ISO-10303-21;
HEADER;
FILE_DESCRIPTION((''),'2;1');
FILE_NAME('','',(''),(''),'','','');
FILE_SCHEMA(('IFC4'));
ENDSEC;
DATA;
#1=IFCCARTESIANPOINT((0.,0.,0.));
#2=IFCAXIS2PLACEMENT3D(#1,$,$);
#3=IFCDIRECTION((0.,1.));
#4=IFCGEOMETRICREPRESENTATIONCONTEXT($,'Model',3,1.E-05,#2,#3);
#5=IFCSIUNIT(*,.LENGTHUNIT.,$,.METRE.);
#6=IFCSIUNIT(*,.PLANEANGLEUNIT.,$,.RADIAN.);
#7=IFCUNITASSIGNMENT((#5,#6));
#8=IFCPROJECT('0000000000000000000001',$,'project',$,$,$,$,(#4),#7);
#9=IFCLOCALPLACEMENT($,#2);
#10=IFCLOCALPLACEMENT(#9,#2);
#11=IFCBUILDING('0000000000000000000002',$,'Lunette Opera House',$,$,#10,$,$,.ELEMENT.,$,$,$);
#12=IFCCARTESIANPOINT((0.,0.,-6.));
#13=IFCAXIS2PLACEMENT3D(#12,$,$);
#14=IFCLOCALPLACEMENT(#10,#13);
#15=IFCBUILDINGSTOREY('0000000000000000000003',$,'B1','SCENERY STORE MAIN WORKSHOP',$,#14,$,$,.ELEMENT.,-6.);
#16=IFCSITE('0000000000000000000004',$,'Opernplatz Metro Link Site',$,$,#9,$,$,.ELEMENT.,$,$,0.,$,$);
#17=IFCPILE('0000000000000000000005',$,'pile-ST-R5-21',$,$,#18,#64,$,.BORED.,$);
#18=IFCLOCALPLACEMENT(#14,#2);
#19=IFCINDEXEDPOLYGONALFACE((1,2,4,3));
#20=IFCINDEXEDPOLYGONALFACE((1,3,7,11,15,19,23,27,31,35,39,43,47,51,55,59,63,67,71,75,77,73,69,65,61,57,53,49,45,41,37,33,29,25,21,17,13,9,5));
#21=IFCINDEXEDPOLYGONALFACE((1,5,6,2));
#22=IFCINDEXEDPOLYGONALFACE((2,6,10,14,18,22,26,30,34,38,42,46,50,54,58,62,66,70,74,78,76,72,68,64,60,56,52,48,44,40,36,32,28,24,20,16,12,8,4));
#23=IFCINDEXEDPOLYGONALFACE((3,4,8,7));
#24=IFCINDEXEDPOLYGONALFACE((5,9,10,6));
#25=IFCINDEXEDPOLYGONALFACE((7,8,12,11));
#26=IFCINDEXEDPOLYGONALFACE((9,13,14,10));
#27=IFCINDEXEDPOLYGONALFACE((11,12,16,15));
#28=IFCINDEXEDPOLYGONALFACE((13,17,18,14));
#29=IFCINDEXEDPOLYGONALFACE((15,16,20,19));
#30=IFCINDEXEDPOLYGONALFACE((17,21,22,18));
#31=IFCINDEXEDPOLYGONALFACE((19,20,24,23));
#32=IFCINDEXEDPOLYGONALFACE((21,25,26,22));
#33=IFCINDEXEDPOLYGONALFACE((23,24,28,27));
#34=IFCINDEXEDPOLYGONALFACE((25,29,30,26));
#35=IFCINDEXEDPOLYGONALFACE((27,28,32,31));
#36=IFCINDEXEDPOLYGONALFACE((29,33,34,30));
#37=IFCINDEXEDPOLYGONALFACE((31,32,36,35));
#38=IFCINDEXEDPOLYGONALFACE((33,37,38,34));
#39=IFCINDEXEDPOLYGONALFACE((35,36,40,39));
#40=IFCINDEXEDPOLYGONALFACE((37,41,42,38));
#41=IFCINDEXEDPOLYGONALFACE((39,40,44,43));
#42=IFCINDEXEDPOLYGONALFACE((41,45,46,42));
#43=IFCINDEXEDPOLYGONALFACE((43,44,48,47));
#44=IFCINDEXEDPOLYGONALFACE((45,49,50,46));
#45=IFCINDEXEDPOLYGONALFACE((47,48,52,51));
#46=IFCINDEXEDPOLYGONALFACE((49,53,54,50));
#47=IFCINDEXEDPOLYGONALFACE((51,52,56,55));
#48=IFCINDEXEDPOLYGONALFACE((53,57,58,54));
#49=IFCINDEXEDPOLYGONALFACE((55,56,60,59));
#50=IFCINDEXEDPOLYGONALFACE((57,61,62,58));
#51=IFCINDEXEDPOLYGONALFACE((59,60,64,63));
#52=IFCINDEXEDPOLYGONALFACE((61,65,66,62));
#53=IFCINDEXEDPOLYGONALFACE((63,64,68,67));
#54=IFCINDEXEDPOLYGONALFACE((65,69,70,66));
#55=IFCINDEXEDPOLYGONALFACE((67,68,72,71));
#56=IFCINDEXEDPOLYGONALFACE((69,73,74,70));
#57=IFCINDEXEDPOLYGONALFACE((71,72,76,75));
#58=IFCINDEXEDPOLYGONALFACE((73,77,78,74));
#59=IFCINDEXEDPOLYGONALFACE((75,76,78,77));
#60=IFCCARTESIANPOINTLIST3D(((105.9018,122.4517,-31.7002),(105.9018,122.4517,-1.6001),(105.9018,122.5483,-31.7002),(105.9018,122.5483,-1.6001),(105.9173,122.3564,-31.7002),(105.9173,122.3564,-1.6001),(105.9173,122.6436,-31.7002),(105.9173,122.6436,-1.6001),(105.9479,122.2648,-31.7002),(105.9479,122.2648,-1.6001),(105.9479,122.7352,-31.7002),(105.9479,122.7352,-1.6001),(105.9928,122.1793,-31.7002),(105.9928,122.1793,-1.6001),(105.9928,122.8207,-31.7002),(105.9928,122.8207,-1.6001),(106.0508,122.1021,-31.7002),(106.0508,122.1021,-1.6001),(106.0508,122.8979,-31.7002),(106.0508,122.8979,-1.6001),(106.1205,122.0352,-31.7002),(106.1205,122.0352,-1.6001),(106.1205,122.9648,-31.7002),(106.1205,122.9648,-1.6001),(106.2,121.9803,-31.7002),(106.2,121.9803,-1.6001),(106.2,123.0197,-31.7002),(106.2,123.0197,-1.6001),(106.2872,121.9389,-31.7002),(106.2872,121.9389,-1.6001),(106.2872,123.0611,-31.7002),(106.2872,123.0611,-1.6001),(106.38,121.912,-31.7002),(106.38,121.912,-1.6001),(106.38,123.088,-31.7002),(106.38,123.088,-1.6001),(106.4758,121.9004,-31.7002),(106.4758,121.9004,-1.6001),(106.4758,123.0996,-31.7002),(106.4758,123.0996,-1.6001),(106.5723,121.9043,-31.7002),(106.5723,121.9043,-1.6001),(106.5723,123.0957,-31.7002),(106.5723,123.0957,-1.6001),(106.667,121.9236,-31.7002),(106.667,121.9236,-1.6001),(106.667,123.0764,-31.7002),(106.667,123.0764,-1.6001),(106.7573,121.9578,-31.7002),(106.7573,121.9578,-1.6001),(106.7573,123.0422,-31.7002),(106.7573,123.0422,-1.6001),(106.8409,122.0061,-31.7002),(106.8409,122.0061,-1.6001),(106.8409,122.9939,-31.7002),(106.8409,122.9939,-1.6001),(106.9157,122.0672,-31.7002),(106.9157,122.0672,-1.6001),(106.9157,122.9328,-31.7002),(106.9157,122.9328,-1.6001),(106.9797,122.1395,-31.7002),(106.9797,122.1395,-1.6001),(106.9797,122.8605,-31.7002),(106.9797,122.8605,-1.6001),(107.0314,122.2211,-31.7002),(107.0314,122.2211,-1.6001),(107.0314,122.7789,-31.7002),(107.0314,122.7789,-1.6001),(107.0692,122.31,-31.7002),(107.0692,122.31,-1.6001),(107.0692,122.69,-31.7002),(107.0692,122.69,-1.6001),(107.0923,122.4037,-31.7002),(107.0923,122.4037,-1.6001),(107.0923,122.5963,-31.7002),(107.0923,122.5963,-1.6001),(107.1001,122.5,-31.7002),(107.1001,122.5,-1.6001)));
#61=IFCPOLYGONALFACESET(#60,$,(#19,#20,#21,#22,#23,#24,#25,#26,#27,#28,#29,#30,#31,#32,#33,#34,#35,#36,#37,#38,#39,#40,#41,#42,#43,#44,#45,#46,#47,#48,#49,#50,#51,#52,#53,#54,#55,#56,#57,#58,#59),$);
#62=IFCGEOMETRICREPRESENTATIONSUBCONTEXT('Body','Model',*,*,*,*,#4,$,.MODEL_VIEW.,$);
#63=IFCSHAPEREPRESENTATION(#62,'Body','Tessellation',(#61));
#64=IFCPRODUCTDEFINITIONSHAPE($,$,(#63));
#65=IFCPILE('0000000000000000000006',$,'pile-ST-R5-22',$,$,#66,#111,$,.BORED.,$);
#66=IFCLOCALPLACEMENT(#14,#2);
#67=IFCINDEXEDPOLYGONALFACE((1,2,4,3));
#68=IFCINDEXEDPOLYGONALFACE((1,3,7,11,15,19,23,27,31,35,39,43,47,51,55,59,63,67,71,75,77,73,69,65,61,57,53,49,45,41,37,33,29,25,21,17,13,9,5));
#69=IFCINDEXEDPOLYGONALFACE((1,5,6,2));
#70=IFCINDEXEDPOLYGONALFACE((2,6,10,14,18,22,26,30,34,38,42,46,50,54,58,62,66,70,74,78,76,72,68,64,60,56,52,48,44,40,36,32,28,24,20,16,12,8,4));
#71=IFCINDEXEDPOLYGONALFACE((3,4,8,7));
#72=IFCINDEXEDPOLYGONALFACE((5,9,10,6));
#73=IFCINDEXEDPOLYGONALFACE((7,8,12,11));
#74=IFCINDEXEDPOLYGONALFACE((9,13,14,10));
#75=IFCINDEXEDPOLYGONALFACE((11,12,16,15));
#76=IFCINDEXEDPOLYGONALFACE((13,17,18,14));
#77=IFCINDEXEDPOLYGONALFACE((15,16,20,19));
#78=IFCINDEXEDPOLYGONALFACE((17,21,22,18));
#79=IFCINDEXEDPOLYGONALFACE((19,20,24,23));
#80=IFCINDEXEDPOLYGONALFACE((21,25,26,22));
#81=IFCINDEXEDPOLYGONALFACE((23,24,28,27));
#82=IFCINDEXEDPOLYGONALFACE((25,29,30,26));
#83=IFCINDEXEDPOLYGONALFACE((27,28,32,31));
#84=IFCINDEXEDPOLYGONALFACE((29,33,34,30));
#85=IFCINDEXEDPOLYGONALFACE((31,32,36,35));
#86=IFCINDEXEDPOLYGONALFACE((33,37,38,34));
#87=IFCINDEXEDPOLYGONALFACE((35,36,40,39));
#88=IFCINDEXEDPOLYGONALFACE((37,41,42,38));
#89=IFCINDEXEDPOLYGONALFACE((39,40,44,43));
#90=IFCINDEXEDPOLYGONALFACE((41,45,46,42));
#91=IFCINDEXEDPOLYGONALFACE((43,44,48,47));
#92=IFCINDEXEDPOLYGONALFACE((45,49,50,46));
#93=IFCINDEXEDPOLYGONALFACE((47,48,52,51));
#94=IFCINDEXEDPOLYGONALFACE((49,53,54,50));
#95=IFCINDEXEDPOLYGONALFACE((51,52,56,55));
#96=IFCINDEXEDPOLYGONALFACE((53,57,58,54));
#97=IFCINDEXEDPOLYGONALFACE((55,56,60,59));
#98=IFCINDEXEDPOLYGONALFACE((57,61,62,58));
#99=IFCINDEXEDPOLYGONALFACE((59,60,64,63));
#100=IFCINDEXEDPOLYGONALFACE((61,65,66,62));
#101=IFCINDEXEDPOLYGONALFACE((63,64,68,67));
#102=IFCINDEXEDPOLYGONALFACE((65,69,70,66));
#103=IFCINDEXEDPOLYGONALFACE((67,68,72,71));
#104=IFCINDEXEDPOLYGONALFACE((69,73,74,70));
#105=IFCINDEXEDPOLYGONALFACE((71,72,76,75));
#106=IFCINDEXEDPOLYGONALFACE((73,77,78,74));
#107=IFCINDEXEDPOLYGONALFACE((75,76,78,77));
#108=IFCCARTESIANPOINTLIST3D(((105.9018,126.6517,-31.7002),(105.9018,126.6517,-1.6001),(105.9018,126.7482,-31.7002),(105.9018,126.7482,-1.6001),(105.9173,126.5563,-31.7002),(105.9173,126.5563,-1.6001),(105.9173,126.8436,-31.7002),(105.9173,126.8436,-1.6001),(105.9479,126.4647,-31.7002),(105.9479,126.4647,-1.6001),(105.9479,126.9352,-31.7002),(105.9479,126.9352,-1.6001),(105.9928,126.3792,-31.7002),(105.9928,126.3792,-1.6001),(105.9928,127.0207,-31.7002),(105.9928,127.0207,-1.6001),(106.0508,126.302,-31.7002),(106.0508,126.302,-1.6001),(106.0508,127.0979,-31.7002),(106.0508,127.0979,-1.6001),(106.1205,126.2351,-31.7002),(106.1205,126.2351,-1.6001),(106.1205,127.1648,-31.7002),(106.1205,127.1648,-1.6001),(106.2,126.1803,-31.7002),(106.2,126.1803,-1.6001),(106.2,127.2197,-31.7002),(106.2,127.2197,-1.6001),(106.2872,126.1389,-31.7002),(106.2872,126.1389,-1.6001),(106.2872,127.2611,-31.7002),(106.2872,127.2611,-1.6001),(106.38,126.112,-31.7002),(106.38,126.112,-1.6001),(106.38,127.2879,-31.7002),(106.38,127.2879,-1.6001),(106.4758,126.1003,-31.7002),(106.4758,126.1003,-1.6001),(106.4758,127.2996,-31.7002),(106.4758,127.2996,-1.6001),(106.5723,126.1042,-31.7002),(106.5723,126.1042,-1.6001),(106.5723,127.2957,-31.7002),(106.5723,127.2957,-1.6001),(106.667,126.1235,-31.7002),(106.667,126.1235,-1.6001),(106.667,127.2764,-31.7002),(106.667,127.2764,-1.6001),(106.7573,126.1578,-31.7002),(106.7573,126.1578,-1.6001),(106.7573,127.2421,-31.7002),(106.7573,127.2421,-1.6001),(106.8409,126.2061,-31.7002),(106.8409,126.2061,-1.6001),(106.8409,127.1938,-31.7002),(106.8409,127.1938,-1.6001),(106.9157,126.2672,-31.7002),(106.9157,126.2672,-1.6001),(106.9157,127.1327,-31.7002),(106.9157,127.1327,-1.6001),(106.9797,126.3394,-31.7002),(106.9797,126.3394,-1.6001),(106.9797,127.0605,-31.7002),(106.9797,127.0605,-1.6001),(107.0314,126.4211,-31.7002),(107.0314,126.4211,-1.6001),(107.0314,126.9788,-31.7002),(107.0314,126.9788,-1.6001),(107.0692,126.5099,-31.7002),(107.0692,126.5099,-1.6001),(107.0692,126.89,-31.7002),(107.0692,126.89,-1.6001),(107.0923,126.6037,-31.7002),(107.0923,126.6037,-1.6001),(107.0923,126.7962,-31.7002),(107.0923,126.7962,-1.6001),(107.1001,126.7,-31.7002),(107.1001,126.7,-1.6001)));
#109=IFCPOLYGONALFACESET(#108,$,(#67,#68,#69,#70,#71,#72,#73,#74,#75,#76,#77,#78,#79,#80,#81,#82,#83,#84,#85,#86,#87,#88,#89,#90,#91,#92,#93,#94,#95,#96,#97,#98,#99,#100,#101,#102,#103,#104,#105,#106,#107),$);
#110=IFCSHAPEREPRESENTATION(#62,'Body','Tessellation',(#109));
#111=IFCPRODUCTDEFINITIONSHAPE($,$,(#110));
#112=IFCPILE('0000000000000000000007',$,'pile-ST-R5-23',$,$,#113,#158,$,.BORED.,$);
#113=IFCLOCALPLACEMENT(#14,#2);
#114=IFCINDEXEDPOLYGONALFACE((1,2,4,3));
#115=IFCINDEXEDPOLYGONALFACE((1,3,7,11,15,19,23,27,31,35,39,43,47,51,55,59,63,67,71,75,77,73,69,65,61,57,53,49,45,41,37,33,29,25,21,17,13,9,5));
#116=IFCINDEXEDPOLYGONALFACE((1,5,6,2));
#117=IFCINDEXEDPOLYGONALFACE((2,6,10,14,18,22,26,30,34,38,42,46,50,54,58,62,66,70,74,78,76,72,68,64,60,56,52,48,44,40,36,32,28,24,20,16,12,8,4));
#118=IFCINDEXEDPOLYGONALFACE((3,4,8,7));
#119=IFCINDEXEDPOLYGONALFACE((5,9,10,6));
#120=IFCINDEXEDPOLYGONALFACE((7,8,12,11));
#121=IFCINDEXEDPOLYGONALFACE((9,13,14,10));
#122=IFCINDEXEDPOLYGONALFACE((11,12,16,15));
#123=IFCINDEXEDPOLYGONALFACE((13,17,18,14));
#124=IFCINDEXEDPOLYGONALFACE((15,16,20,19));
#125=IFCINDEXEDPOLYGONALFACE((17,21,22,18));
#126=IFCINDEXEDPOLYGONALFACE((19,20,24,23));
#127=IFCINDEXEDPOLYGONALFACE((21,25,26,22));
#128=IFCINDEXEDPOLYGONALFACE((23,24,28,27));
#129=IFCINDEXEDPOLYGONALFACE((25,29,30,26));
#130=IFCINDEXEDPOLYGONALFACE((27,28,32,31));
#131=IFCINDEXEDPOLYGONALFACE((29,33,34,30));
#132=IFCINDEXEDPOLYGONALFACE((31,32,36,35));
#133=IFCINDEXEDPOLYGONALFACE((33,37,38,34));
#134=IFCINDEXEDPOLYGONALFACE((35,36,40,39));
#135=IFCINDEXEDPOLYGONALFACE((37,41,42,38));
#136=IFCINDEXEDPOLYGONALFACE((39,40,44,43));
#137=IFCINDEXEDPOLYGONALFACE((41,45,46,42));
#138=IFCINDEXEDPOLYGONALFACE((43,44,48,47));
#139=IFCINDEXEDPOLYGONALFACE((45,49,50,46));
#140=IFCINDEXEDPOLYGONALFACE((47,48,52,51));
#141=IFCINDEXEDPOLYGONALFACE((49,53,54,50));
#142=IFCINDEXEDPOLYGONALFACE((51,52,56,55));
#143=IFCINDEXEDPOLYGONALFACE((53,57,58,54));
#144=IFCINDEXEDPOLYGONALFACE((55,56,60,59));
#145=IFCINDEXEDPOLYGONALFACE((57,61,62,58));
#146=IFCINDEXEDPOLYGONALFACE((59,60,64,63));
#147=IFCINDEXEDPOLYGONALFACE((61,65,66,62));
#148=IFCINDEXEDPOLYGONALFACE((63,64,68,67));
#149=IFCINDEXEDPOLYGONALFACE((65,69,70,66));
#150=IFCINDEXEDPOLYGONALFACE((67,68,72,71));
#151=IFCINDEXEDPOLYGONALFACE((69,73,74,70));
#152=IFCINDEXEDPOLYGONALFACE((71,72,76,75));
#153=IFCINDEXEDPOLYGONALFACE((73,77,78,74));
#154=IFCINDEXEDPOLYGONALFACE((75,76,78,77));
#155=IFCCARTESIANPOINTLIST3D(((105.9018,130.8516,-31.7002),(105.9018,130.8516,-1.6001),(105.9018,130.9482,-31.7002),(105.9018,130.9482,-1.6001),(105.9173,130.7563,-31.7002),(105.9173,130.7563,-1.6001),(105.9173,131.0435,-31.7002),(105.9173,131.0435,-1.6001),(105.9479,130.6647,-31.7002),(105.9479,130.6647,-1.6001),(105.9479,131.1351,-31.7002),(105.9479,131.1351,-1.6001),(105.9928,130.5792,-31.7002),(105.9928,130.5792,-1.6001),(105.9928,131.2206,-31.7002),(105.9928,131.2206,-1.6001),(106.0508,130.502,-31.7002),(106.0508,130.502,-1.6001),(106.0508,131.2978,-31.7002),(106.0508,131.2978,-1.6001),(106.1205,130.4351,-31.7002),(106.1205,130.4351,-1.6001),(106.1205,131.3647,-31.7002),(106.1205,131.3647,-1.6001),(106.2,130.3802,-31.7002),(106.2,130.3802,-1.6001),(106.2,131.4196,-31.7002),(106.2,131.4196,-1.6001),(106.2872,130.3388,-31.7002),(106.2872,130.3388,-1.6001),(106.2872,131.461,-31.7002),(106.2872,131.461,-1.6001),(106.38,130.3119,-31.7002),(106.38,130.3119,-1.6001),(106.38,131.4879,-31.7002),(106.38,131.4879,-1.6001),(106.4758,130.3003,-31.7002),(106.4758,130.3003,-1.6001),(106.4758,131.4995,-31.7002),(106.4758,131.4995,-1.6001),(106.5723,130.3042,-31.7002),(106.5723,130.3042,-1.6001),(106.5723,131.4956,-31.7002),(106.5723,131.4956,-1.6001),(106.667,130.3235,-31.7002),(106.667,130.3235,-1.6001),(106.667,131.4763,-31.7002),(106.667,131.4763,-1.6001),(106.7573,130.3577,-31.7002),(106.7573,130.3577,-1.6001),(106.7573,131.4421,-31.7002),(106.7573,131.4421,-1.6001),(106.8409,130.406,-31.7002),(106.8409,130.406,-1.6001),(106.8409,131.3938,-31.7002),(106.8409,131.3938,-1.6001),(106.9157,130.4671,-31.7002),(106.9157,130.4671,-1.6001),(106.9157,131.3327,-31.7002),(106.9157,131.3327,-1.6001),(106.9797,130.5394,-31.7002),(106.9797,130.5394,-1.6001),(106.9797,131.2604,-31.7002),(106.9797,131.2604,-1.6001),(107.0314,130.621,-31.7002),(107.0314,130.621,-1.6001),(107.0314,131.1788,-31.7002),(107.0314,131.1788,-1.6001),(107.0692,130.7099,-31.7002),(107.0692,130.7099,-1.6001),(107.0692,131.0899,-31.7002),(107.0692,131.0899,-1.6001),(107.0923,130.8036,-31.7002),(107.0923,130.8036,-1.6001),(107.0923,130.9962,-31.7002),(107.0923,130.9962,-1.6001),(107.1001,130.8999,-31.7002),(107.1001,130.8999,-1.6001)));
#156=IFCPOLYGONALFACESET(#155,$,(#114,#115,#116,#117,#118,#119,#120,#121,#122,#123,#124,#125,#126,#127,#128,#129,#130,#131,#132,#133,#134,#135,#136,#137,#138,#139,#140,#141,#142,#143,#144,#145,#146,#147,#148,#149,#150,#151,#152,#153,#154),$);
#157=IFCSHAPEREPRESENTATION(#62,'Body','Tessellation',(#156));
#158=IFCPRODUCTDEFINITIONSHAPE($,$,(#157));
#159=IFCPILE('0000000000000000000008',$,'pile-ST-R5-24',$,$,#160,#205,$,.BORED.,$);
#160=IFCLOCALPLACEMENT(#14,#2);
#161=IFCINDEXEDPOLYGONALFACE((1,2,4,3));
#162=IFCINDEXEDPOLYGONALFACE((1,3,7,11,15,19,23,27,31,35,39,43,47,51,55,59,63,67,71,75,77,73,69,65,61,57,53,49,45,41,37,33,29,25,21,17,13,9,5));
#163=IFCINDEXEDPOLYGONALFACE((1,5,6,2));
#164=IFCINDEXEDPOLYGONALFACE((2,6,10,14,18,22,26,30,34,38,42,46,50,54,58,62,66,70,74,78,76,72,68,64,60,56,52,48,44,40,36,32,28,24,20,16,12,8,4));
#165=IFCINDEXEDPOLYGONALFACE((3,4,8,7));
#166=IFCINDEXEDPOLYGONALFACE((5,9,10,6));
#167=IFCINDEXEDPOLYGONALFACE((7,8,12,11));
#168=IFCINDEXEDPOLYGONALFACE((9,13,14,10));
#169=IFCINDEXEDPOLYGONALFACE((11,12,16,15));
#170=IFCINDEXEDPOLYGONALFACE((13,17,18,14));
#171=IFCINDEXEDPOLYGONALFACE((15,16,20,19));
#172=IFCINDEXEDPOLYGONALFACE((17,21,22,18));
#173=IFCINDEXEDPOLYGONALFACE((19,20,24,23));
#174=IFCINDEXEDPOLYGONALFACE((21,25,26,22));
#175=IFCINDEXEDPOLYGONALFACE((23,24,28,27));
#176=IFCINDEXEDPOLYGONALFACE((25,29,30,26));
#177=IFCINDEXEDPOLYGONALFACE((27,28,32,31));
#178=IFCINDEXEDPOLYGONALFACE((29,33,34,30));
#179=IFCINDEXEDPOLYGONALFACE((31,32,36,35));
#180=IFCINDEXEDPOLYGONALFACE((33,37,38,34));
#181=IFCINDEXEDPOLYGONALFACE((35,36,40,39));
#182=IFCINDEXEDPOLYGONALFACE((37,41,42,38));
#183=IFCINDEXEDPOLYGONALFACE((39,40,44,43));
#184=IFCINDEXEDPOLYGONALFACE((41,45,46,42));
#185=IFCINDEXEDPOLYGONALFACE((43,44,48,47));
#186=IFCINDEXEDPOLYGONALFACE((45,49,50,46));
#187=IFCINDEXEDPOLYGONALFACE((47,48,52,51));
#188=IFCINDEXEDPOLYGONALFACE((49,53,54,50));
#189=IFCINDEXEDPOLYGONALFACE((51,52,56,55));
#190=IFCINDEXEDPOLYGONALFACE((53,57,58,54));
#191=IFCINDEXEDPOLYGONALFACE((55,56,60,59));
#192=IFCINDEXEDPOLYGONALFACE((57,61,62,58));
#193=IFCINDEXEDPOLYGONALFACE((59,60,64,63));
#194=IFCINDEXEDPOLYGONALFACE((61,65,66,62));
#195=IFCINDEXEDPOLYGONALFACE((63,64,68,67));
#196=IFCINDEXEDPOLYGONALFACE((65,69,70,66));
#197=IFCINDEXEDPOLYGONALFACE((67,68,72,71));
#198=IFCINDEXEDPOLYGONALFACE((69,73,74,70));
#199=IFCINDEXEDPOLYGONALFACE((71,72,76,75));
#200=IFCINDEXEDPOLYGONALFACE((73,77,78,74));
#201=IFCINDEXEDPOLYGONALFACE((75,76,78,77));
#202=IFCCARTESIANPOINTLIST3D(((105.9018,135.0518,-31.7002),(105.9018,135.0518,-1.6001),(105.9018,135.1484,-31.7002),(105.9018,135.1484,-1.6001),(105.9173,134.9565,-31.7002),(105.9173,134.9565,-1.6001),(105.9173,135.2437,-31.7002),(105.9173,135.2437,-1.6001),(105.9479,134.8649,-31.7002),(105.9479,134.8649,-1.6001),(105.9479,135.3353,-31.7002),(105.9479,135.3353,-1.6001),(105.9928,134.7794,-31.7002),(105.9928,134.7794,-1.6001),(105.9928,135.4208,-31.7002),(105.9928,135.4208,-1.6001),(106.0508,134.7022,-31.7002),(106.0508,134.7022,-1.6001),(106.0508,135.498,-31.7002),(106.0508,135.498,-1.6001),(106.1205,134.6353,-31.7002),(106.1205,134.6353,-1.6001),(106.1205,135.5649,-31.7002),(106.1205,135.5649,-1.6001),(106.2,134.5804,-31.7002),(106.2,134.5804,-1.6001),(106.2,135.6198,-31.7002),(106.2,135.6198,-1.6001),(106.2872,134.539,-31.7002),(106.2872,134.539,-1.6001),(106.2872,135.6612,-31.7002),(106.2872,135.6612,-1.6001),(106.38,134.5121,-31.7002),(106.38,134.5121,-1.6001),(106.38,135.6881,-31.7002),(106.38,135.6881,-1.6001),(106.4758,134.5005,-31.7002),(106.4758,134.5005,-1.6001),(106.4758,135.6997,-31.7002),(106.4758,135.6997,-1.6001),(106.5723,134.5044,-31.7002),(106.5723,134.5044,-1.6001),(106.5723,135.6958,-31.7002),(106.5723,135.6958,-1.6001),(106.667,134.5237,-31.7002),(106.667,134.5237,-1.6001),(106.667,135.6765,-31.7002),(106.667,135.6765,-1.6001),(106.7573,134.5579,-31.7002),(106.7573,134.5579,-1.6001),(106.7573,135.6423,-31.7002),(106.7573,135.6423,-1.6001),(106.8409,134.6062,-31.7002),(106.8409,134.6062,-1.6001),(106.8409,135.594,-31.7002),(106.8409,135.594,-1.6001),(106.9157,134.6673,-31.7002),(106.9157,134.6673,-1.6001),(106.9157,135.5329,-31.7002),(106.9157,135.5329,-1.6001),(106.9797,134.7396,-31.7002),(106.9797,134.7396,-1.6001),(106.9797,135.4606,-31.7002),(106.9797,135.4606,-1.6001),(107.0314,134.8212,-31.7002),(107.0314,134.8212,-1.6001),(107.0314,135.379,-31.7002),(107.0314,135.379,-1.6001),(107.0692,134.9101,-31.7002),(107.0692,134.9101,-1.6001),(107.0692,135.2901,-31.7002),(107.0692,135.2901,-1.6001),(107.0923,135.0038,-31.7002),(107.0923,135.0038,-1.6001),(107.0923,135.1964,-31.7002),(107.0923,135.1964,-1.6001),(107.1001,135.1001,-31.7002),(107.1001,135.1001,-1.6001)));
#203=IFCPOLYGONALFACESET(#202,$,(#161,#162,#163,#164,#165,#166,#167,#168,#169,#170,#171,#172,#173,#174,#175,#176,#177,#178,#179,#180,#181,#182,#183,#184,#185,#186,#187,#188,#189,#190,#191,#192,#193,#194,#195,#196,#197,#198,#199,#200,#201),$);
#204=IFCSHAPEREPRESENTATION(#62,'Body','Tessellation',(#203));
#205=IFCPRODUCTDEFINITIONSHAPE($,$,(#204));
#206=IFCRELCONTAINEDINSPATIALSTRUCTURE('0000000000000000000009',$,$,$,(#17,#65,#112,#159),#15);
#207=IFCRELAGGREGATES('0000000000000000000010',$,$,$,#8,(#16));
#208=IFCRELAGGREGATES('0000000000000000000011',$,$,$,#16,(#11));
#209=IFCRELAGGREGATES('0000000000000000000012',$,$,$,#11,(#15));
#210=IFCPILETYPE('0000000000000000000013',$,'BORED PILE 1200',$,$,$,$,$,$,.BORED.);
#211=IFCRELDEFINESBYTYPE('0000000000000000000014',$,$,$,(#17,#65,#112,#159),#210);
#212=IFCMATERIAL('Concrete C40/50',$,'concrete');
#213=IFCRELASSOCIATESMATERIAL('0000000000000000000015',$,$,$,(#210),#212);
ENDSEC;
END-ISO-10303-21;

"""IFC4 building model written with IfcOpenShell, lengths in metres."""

from ifc_helpers import new_model, si_unit, direction, frame, origin, origin_2d, place, context, subcontext, project, spatial, circle, extrude, material, material_profile, profile_set, type_object, element, save


model = new_model("IFC4")

# Units and contexts
model_context = context("Model", 3, precision=1e-05, world=origin(), true_north=direction((0.0, 1.0)))
body_context = subcontext(model_context, "Body", "Model", "MODEL_VIEW")
ifc_project = project(units=[si_unit("LENGTHUNIT", "METRE"), si_unit("PLANEANGLEUNIT", "RADIAN")], contexts=[model_context])

# Site, building, storey
site_placement = place(None, origin())
site = spatial("IfcSite", under=ifc_project, at=site_placement, Name="Opernplatz Metro Link Site", CompositionType="ELEMENT", RefElevation=0.0)
building_placement = place(site_placement, origin())
building = spatial("IfcBuilding", under=site, at=building_placement, Name="Lunette Opera House", CompositionType="ELEMENT")
storey_placement = place(building_placement, frame((0.0, 0.0, -6.0)))
storey = spatial("IfcBuildingStorey", under=building, at=storey_placement, Name="B1", Description="SCENERY STORE MAIN WORKSHOP", CompositionType="ELEMENT", Elevation=-6.0)

# Piles
ifc_material_1 = material(Name="Concrete C40/50", Category="concrete")
ifc_material_profile = material_profile(ifc_material_1, circle(Radius=0.6001, at=origin_2d()), Name="BORED PILE 1200")
ifc_profile_set = profile_set([ifc_material_profile], Name="Concrete C40/50")
pile_type = type_object("IfcPileType", Name="BORED PILE 1200", PredefinedType="BORED", material=ifc_profile_set)
for number, where, z_axis, x_axis, name in (
    (1, (106.5, 122.5, -1.6001), (0.0, 0.0, -1.0), (1.0, 0.0, 0.0), "pile-ST-R5-21"),
    (2, (106.5, 126.7, -1.6001), (0.0, 0.0, -1.0), (1.0, 0.0, 0.0), "pile-ST-R5-22"),
    (3, (106.5, 130.8999, -1.6001), (0.0, 0.0, -1.0), (1.0, 0.0, 0.0), "pile-ST-R5-23"),
    (4, (106.5, 135.1001, -1.6001), (0.0, 0.0, -1.0), (1.0, 0.0, 0.0), "pile-ST-R5-24"),
):
    element("IfcPile", number, at=place(storey_placement, frame(where, z_axis=z_axis, x_axis=x_axis)), inside=storey, type_object=pile_type, Name=name, PredefinedType="BORED", context=body_context, shape_type="SweptSolid", body=[
        extrude(circle(Radius=0.6001, at=origin_2d()), origin(), (0.0, 0.0, 1.0), 30.1001),
    ])

save(model, "model.ifc")
